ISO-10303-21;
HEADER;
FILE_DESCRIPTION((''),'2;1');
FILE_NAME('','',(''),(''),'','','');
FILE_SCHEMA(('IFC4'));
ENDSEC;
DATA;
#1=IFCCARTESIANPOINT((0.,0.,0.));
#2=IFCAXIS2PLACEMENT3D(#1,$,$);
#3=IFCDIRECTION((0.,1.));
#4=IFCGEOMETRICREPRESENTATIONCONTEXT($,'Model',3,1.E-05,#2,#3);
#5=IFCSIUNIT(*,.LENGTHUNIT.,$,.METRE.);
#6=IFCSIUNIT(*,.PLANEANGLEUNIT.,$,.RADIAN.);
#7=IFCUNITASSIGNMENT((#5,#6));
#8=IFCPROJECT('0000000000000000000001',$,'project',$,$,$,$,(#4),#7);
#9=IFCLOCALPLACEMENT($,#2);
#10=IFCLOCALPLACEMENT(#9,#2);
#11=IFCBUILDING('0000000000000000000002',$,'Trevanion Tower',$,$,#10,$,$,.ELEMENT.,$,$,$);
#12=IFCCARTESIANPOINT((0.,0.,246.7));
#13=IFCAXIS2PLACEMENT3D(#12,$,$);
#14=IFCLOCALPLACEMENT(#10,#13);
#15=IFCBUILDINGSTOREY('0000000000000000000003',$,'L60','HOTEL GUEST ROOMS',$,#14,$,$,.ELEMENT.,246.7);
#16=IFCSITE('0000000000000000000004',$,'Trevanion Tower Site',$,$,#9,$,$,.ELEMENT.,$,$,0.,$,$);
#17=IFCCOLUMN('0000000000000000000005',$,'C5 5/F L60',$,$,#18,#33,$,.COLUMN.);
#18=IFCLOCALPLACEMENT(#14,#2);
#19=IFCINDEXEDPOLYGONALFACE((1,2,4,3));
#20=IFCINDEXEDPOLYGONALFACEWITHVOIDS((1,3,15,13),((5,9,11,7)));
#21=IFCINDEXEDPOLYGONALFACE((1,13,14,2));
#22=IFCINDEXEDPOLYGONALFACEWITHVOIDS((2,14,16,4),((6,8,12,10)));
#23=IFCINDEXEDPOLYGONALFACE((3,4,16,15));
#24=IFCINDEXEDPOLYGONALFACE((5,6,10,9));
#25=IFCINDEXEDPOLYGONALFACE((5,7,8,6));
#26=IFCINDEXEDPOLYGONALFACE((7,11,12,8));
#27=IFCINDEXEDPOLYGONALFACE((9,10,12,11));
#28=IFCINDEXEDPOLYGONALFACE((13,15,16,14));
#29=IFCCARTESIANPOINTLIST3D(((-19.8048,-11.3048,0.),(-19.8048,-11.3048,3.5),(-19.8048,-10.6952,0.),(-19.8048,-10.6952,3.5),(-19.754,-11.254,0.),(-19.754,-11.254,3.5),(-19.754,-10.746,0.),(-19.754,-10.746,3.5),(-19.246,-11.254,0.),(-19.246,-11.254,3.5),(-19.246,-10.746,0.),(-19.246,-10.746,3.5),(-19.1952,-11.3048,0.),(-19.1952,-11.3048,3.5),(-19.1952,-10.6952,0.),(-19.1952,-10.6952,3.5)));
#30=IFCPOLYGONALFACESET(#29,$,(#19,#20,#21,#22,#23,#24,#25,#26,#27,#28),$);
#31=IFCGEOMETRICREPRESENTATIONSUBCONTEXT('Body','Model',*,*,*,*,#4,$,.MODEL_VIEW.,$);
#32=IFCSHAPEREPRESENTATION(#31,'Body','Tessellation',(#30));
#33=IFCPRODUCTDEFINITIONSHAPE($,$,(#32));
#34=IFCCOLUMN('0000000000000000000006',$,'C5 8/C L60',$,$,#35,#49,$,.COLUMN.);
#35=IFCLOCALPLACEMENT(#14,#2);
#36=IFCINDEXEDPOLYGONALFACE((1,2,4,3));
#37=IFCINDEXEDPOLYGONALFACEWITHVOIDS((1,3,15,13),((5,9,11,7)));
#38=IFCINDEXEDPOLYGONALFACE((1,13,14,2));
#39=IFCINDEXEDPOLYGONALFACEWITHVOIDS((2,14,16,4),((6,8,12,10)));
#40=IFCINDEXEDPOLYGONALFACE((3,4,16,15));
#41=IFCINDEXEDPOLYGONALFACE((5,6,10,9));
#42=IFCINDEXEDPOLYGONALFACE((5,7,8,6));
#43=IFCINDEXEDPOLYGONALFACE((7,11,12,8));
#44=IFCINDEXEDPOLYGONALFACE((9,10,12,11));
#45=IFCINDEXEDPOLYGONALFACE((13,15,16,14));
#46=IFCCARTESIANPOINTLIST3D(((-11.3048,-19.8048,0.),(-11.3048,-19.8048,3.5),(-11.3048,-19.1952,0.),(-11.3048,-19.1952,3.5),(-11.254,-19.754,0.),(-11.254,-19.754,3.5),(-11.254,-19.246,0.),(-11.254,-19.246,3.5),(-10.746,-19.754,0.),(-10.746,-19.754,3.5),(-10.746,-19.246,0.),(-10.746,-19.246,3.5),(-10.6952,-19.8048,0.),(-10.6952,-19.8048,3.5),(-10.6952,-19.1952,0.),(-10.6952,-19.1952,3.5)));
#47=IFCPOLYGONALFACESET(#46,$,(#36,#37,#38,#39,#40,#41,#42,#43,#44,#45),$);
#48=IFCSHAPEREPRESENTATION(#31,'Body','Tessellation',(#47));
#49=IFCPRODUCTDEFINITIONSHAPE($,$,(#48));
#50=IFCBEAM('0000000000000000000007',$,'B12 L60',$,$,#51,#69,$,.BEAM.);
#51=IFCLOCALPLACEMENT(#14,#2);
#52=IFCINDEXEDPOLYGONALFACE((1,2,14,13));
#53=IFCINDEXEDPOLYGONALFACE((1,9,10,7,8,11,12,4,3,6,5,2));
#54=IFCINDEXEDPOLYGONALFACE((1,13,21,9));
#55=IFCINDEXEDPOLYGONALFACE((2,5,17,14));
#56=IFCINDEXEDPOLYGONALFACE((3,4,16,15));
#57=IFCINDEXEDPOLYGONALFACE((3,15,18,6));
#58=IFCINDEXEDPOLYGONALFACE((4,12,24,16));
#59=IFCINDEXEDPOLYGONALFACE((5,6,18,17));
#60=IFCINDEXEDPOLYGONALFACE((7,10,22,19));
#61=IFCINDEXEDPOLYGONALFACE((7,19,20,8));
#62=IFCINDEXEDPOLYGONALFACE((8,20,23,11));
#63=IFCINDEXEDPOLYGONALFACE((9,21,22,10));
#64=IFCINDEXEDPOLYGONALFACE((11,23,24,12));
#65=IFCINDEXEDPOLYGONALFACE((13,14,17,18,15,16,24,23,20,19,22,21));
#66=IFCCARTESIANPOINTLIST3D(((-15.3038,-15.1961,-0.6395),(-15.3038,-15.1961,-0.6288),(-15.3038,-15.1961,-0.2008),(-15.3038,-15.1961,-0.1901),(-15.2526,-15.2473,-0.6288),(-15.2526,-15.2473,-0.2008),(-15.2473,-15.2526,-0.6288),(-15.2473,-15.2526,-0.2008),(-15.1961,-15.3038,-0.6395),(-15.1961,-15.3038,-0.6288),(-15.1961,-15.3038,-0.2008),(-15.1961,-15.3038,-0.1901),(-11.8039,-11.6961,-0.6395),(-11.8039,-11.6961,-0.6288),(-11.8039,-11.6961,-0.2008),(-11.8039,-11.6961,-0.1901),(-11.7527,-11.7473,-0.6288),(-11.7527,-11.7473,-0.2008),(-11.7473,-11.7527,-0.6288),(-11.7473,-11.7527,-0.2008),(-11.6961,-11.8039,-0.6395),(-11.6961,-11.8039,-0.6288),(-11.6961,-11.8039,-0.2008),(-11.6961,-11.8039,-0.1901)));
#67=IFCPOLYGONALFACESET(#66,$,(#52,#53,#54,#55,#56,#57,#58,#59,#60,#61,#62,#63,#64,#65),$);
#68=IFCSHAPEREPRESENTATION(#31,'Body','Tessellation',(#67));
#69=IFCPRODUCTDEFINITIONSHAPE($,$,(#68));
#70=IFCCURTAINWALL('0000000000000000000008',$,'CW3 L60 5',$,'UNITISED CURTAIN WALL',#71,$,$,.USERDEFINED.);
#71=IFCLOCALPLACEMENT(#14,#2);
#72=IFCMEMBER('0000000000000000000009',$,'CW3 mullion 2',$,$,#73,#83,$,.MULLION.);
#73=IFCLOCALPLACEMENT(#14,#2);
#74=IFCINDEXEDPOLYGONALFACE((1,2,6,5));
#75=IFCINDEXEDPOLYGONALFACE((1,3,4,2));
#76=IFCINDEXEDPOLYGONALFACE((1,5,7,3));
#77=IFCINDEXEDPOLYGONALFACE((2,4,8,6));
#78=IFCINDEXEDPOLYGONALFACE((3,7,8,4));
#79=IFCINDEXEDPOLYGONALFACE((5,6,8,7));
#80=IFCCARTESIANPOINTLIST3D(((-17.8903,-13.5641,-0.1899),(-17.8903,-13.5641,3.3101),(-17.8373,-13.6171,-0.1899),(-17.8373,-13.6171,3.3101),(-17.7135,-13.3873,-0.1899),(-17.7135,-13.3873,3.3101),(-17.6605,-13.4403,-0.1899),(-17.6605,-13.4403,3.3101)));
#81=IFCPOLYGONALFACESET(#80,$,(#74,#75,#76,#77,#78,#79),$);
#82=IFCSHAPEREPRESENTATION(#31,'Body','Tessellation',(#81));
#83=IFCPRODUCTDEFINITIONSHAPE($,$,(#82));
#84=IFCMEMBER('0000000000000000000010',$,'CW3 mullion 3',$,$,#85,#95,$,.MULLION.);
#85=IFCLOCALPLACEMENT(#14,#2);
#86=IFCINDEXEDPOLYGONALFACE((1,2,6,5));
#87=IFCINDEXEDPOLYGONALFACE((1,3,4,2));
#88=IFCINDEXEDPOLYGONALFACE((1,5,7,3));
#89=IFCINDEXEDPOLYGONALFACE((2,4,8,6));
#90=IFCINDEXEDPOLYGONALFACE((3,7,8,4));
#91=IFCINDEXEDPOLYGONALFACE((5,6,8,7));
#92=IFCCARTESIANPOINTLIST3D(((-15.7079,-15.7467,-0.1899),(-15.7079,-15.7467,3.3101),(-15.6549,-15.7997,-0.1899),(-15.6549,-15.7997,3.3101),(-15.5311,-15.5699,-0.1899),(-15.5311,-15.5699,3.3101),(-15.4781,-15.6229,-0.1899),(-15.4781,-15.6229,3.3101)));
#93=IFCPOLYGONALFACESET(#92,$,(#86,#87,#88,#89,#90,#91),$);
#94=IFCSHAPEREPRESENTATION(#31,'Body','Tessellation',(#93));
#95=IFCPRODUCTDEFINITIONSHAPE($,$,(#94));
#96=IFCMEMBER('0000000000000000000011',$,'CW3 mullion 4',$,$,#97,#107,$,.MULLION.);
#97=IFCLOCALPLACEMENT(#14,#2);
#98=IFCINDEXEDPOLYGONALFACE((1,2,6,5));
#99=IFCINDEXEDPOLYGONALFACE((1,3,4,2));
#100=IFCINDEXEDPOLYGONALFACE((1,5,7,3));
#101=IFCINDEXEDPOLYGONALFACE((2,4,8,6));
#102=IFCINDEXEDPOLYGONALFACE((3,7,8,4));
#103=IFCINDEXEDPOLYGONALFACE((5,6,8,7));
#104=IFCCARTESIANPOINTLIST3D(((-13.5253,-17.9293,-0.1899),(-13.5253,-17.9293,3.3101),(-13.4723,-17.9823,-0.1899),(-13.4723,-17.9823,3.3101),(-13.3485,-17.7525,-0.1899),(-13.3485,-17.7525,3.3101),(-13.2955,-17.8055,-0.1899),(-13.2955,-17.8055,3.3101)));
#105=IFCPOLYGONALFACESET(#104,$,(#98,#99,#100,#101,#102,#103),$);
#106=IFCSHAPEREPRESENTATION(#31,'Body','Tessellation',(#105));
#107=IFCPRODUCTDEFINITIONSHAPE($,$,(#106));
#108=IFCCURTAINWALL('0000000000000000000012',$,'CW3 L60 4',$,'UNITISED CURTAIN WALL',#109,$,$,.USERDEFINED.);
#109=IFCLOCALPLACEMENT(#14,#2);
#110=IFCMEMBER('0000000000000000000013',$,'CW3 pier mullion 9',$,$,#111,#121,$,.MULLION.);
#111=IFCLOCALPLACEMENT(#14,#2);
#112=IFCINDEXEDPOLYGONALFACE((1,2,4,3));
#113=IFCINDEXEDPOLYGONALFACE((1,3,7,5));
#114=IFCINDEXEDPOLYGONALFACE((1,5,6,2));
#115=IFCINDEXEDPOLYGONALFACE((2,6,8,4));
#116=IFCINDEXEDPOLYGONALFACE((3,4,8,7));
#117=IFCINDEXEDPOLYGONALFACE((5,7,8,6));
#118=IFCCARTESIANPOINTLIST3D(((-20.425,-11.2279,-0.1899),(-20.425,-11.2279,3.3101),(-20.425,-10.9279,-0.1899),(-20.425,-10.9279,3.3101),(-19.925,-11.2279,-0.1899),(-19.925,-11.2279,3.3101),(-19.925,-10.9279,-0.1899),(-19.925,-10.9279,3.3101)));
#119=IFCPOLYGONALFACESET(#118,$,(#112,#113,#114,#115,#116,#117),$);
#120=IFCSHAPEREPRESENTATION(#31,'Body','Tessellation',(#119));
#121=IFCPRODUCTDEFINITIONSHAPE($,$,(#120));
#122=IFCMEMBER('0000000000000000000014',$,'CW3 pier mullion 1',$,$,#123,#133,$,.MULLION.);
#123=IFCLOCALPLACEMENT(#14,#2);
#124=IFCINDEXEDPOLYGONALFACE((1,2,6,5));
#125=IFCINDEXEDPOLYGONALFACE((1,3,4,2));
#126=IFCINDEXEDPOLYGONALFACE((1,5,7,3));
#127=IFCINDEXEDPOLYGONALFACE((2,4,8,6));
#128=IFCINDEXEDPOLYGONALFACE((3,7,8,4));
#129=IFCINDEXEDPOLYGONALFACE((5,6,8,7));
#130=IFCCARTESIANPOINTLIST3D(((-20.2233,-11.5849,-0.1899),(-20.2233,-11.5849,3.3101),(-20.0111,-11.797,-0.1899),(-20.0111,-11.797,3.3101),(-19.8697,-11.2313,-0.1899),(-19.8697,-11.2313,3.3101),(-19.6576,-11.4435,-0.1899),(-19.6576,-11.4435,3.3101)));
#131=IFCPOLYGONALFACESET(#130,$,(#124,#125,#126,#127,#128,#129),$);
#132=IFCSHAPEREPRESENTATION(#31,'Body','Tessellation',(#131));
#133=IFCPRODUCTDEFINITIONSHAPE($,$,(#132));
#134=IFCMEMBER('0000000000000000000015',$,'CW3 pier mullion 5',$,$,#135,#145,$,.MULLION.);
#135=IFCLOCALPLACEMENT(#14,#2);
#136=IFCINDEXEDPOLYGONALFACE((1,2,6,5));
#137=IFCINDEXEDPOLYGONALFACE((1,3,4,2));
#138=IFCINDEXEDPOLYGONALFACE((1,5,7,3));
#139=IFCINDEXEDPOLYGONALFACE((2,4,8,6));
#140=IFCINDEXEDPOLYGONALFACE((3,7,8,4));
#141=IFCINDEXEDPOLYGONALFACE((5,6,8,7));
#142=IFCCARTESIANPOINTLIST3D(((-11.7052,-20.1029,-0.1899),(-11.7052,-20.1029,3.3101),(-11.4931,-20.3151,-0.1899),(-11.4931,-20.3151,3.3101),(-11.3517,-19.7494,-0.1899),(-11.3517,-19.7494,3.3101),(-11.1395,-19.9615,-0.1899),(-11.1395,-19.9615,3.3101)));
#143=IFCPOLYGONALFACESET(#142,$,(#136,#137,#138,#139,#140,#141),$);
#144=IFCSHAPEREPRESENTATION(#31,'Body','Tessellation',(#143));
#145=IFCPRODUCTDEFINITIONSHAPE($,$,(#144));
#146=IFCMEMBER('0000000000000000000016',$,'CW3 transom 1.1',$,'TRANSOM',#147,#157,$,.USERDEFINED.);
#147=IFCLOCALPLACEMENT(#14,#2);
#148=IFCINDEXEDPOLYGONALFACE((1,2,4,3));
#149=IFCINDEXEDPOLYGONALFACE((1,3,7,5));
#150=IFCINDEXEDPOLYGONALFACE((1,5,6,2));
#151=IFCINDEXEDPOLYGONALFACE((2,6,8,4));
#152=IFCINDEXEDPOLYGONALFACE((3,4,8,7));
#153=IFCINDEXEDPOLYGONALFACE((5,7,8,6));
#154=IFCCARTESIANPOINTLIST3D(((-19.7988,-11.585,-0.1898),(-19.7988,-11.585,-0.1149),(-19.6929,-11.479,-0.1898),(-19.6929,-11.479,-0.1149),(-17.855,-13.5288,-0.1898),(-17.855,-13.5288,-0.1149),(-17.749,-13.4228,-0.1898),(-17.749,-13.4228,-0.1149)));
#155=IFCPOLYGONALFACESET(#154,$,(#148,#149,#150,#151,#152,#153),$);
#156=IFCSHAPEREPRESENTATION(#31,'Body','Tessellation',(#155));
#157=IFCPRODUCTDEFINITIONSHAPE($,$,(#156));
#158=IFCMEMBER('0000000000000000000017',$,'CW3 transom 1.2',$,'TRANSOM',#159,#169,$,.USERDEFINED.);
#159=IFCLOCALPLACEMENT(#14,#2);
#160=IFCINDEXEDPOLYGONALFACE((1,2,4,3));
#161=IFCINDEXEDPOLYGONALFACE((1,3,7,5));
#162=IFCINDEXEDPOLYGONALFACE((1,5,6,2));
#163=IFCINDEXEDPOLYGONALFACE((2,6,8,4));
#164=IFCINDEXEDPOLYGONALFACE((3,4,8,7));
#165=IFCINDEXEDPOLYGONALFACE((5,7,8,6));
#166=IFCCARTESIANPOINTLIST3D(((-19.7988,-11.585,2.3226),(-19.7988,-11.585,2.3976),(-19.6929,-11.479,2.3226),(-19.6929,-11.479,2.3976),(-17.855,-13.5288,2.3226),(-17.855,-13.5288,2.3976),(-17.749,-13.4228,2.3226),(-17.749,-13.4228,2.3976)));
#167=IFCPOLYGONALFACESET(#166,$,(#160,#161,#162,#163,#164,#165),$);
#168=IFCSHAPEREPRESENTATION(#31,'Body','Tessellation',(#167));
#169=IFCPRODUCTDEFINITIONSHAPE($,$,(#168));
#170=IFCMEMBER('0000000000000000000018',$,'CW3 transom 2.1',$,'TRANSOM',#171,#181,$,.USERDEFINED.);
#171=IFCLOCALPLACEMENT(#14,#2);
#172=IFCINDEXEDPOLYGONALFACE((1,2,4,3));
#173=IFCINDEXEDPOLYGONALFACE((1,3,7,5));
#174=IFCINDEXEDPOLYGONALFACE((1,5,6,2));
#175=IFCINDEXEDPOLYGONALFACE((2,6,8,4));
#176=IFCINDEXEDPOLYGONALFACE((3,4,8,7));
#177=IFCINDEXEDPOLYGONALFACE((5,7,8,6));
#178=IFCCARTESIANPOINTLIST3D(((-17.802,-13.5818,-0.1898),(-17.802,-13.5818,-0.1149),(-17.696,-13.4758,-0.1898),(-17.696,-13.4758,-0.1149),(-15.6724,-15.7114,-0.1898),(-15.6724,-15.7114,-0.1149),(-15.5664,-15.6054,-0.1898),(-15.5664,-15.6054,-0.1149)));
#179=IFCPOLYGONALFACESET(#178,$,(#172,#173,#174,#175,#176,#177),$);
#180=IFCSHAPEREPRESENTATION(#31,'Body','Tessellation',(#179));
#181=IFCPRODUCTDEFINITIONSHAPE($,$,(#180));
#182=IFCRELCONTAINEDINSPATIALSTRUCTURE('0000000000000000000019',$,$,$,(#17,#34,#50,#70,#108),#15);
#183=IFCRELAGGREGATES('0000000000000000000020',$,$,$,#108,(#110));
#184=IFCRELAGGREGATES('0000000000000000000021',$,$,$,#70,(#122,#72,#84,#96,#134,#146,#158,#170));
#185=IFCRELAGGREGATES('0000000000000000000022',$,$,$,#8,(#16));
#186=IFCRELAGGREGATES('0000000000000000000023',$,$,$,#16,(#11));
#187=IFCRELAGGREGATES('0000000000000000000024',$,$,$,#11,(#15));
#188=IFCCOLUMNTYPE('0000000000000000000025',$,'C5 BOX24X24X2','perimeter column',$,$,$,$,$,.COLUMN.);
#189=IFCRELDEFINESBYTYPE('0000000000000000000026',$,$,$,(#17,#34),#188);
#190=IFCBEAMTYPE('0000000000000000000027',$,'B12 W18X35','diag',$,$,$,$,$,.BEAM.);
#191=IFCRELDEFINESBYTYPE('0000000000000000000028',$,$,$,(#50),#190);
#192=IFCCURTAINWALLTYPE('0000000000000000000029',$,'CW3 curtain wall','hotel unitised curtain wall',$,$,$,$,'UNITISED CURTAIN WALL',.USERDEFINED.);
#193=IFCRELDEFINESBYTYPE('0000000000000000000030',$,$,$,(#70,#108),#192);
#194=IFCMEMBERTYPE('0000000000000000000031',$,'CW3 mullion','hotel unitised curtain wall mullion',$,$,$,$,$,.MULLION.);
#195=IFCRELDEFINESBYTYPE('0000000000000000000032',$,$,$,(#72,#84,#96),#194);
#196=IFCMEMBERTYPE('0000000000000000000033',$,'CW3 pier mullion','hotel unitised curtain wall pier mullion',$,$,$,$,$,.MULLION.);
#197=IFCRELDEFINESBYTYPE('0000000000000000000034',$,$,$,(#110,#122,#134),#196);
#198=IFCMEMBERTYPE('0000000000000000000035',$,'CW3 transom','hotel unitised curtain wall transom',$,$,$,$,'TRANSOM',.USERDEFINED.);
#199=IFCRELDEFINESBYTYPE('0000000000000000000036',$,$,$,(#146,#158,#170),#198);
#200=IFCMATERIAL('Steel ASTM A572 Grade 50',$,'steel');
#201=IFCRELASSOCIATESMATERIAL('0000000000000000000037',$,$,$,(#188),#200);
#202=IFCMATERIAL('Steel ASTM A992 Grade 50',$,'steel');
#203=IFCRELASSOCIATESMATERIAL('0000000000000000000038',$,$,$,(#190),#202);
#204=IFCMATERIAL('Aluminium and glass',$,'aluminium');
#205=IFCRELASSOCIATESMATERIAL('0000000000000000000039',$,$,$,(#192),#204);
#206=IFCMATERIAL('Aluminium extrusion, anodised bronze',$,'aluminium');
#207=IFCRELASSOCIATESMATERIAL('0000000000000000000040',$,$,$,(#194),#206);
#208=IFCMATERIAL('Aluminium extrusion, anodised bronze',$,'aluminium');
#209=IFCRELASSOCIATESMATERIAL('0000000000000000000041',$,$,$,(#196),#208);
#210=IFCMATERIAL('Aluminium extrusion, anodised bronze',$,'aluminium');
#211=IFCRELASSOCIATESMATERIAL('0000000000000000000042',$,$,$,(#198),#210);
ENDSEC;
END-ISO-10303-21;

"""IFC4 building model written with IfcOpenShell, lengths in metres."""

from ifc_helpers import new_model, si_unit, direction, frame, origin, origin_2d, place, context, subcontext, project, spatial, rectangle, hollow_rectangle, i_section, extrude, material, material_profile, profile_set, type_object, element, aggregate, save


model = new_model("IFC4")

# Units and contexts
model_context = context("Model", 3, precision=1e-05, world=origin(), true_north=direction((0.0, 1.0)))
body_context = subcontext(model_context, "Body", "Model", "MODEL_VIEW")
ifc_project = project(units=[si_unit("LENGTHUNIT", "METRE"), si_unit("PLANEANGLEUNIT", "RADIAN")], contexts=[model_context])

# Site, building, storey
site_placement = place(None, origin())
site = spatial("IfcSite", under=ifc_project, at=site_placement, Name="Trevanion Tower Site", CompositionType="ELEMENT", RefElevation=0.0)
building_placement = place(site_placement, origin())
building = spatial("IfcBuilding", under=site, at=building_placement, Name="Trevanion Tower", CompositionType="ELEMENT")
storey_placement = place(building_placement, frame((0.0, 0.0, 246.7)))
storey = spatial("IfcBuildingStorey", under=building, at=storey_placement, Name="L60", Description="HOTEL GUEST ROOMS", CompositionType="ELEMENT", Elevation=246.7)

# Columns
ifc_material_1 = material(Name="Steel ASTM A572 Grade 50", Category="steel")
ifc_material_profile_1 = material_profile(ifc_material_1, hollow_rectangle(XDim=0.6096, YDim=0.6096, WallThickness=0.0508, at=origin_2d()), Name="BOX24X24X2")
ifc_profile_set_1 = profile_set([ifc_material_profile_1], Name="Steel ASTM A572 Grade 50")
column_type = type_object("IfcColumnType", Name="C5 BOX24X24X2", Description="perimeter column", PredefinedType="COLUMN", material=ifc_profile_set_1)
for number, where, z_axis, x_axis, name in (
    (1, (-19.5, -11.0, 0.0), (0.0, 0.0, 1.0), (0.0, 1.0, 0.0), "C5 5/F L60"),
    (2, (-11.0, -19.5, 0.0), (0.0, 0.0, 1.0), (1.0, 0.0, 0.0), "C5 8/C L60"),
):
    element("IfcColumn", number, at=place(storey_placement, frame(where, z_axis=z_axis, x_axis=x_axis)), inside=storey, type_object=column_type, Name=name, PredefinedType="COLUMN", context=body_context, shape_type="SweptSolid", body=[
        extrude(hollow_rectangle(XDim=0.6096, YDim=0.6096, WallThickness=0.0508, at=origin_2d()), origin(), (0.0, 0.0, 1.0), 3.5),
    ])

# Beam
ifc_material_2 = material(Name="Steel ASTM A992 Grade 50", Category="steel")
ifc_material_profile_2 = material_profile(ifc_material_2, i_section(OverallWidth=0.1523, OverallDepth=0.4495, WebThickness=0.0076, FlangeThickness=0.0107, at=origin_2d()), Name="W18X35")
ifc_profile_set_2 = profile_set([ifc_material_profile_2], Name="Steel ASTM A992 Grade 50")
beam_type_1 = type_object("IfcBeamType", Name="B12 W18X35", Description="diag", PredefinedType="BEAM", material=ifc_profile_set_2)
beam_1_placement = place(storey_placement, frame((-11.75, -11.75, -0.4148), z_axis=(-0.707107, -0.707107, 0.0), x_axis=(0.707107, -0.707107, 0.0)))
element("IfcBeam", 3, at=beam_1_placement, inside=storey, type_object=beam_type_1, Name="B12 L60", PredefinedType="BEAM", context=body_context, shape_type="SweptSolid", body=[
    extrude(i_section(OverallWidth=0.1523, OverallDepth=0.4495, WebThickness=0.0076, FlangeThickness=0.0107, at=origin_2d()), origin(), (0.0, 0.0, 1.0), 4.9497),
])

# Curtain wall, members
ifc_material_3 = material(Name="Aluminium and glass", Category="aluminium")
curtain_wall_type = type_object("IfcCurtainWallType", Name="CW3 curtain wall", Description="hotel unitised curtain wall", ElementType="UNITISED CURTAIN WALL", PredefinedType="USERDEFINED", material=ifc_material_3)
curtain_wall_1_placement = place(storey_placement, origin())
curtain_wall_1 = element("IfcCurtainWall", 4, at=curtain_wall_1_placement, inside=storey, type_object=curtain_wall_type, Name="CW3 L60 5", ObjectType="UNITISED CURTAIN WALL", PredefinedType="USERDEFINED")
ifc_material_4 = material(Name="Aluminium extrusion, anodised bronze", Category="aluminium")
ifc_material_profile_3 = material_profile(ifc_material_4, rectangle(XDim=0.075, YDim=0.25, at=origin_2d()), Name="CW3 mullion")
ifc_profile_set_3 = profile_set([ifc_material_profile_3], Name="Aluminium extrusion, anodised bronze")
member_type_1 = type_object("IfcMemberType", Name="CW3 mullion", Description="hotel unitised curtain wall mullion", PredefinedType="MULLION", material=ifc_profile_set_3)
member_1_placement = place(storey_placement, frame((-17.7754, -13.5022, -0.1899), z_axis=(0.0, 0.0, 1.0), x_axis=(0.707107, -0.707107, 0.0)))
member_1 = element("IfcMember", 5, at=member_1_placement, type_object=member_type_1, Name="CW3 mullion 2", PredefinedType="MULLION", context=body_context, shape_type="SweptSolid", body=[
    extrude(rectangle(XDim=0.075, YDim=0.25, at=origin_2d()), origin(), (0.0, 0.0, 1.0), 3.5),
])
member_2_placement = place(storey_placement, frame((-15.593, -15.6848, -0.1899), z_axis=(0.0, 0.0, 1.0), x_axis=(0.707107, -0.707107, 0.0)))
member_2 = element("IfcMember", 6, at=member_2_placement, type_object=member_type_1, Name="CW3 mullion 3", PredefinedType="MULLION", context=body_context, shape_type="SweptSolid", body=[
    extrude(rectangle(XDim=0.075, YDim=0.25, at=origin_2d()), origin(), (0.0, 0.0, 1.0), 3.5),
])
member_3_placement = place(storey_placement, frame((-13.4104, -17.8674, -0.1899), z_axis=(0.0, 0.0, 1.0), x_axis=(0.707107, -0.707107, 0.0)))
member_3 = element("IfcMember", 7, at=member_3_placement, type_object=member_type_1, Name="CW3 mullion 4", PredefinedType="MULLION", context=body_context, shape_type="SweptSolid", body=[
    extrude(rectangle(XDim=0.075, YDim=0.25, at=origin_2d()), origin(), (0.0, 0.0, 1.0), 3.5),
])

# Curtain wall, member
curtain_wall_2_placement = place(storey_placement, origin())
curtain_wall_2 = element("IfcCurtainWall", 8, at=curtain_wall_2_placement, inside=storey, type_object=curtain_wall_type, Name="CW3 L60 4", ObjectType="UNITISED CURTAIN WALL", PredefinedType="USERDEFINED")
ifc_material_5 = material(Name="Aluminium extrusion, anodised bronze", Category="aluminium")
ifc_material_profile_4 = material_profile(ifc_material_5, rectangle(XDim=0.3, YDim=0.5, at=origin_2d()), Name="CW3 pier mullion")
ifc_profile_set_4 = profile_set([ifc_material_profile_4], Name="Aluminium extrusion, anodised bronze")
member_type_2 = type_object("IfcMemberType", Name="CW3 pier mullion", Description="hotel unitised curtain wall pier mullion", PredefinedType="MULLION", material=ifc_profile_set_4)
member_4_placement = place(storey_placement, frame((-20.175, -11.0779, -0.1899), z_axis=(0.0, 0.0, 1.0), x_axis=(0.0, -1.0, 0.0)))
member_4 = element("IfcMember", 9, at=member_4_placement, type_object=member_type_2, Name="CW3 pier mullion 9", PredefinedType="MULLION", context=body_context, shape_type="SweptSolid", body=[
    extrude(rectangle(XDim=0.3, YDim=0.5, at=origin_2d()), origin(), (0.0, 0.0, 1.0), 3.5),
])
aggregate(curtain_wall_2, [member_4])

# Members
member_5_placement = place(storey_placement, frame((-19.9404, -11.5142, -0.1899), z_axis=(0.0, 0.0, 1.0), x_axis=(0.707107, -0.707107, 0.0)))
member_5 = element("IfcMember", 10, at=member_5_placement, type_object=member_type_2, Name="CW3 pier mullion 1", PredefinedType="MULLION", context=body_context, shape_type="SweptSolid", body=[
    extrude(rectangle(XDim=0.3, YDim=0.5, at=origin_2d()), origin(), (0.0, 0.0, 1.0), 3.5),
])
member_6_placement = place(storey_placement, frame((-11.4224, -20.0322, -0.1899), z_axis=(0.0, 0.0, 1.0), x_axis=(0.707107, -0.707107, 0.0)))
member_6 = element("IfcMember", 11, at=member_6_placement, type_object=member_type_2, Name="CW3 pier mullion 5", PredefinedType="MULLION", context=body_context, shape_type="SweptSolid", body=[
    extrude(rectangle(XDim=0.3, YDim=0.5, at=origin_2d()), origin(), (0.0, 0.0, 1.0), 3.5),
])
ifc_material_6 = material(Name="Aluminium extrusion, anodised bronze", Category="aluminium")
ifc_material_profile_5 = material_profile(ifc_material_6, rectangle(XDim=0.1499, YDim=0.075, at=origin_2d()), Name="CW3 transom")
ifc_profile_set_5 = profile_set([ifc_material_profile_5], Name="Aluminium extrusion, anodised bronze")
member_type_3 = type_object("IfcMemberType", Name="CW3 transom", Description="hotel unitised curtain wall transom", ElementType="TRANSOM", PredefinedType="USERDEFINED", material=ifc_profile_set_5)
member_7_placement = place(storey_placement, frame((-19.7458, -11.532, -0.1523), z_axis=(0.707107, -0.707107, 0.0), x_axis=(0.707107, 0.707107, 0.0)))
member_7 = element("IfcMember", 12, at=member_7_placement, type_object=member_type_3, Name="CW3 transom 1.1", ObjectType="TRANSOM", PredefinedType="USERDEFINED", context=body_context, shape_type="SweptSolid", body=[
    extrude(rectangle(XDim=0.1499, YDim=0.075, at=origin_2d()), origin(), (0.0, 0.0, 1.0), 2.749),
])
member_8_placement = place(storey_placement, frame((-19.7458, -11.532, 2.3601), z_axis=(0.707107, -0.707107, 0.0), x_axis=(0.707107, 0.707107, 0.0)))
member_8 = element("IfcMember", 13, at=member_8_placement, type_object=member_type_3, Name="CW3 transom 1.2", ObjectType="TRANSOM", PredefinedType="USERDEFINED", context=body_context, shape_type="SweptSolid", body=[
    extrude(rectangle(XDim=0.1499, YDim=0.075, at=origin_2d()), origin(), (0.0, 0.0, 1.0), 2.749),
])
member_9_placement = place(storey_placement, frame((-17.749, -13.5288, -0.1523), z_axis=(0.707107, -0.707107, 0.0), x_axis=(0.707107, 0.707107, 0.0)))
member_9 = element("IfcMember", 14, at=member_9_placement, type_object=member_type_3, Name="CW3 transom 2.1", ObjectType="TRANSOM", PredefinedType="USERDEFINED", context=body_context, shape_type="SweptSolid", body=[
    extrude(rectangle(XDim=0.1499, YDim=0.075, at=origin_2d()), origin(), (0.0, 0.0, 1.0), 3.0117),
])

aggregate(curtain_wall_1, [member_5, member_1, member_2, member_3, member_6, member_7, member_8, member_9])

save(model, "model.ifc")
